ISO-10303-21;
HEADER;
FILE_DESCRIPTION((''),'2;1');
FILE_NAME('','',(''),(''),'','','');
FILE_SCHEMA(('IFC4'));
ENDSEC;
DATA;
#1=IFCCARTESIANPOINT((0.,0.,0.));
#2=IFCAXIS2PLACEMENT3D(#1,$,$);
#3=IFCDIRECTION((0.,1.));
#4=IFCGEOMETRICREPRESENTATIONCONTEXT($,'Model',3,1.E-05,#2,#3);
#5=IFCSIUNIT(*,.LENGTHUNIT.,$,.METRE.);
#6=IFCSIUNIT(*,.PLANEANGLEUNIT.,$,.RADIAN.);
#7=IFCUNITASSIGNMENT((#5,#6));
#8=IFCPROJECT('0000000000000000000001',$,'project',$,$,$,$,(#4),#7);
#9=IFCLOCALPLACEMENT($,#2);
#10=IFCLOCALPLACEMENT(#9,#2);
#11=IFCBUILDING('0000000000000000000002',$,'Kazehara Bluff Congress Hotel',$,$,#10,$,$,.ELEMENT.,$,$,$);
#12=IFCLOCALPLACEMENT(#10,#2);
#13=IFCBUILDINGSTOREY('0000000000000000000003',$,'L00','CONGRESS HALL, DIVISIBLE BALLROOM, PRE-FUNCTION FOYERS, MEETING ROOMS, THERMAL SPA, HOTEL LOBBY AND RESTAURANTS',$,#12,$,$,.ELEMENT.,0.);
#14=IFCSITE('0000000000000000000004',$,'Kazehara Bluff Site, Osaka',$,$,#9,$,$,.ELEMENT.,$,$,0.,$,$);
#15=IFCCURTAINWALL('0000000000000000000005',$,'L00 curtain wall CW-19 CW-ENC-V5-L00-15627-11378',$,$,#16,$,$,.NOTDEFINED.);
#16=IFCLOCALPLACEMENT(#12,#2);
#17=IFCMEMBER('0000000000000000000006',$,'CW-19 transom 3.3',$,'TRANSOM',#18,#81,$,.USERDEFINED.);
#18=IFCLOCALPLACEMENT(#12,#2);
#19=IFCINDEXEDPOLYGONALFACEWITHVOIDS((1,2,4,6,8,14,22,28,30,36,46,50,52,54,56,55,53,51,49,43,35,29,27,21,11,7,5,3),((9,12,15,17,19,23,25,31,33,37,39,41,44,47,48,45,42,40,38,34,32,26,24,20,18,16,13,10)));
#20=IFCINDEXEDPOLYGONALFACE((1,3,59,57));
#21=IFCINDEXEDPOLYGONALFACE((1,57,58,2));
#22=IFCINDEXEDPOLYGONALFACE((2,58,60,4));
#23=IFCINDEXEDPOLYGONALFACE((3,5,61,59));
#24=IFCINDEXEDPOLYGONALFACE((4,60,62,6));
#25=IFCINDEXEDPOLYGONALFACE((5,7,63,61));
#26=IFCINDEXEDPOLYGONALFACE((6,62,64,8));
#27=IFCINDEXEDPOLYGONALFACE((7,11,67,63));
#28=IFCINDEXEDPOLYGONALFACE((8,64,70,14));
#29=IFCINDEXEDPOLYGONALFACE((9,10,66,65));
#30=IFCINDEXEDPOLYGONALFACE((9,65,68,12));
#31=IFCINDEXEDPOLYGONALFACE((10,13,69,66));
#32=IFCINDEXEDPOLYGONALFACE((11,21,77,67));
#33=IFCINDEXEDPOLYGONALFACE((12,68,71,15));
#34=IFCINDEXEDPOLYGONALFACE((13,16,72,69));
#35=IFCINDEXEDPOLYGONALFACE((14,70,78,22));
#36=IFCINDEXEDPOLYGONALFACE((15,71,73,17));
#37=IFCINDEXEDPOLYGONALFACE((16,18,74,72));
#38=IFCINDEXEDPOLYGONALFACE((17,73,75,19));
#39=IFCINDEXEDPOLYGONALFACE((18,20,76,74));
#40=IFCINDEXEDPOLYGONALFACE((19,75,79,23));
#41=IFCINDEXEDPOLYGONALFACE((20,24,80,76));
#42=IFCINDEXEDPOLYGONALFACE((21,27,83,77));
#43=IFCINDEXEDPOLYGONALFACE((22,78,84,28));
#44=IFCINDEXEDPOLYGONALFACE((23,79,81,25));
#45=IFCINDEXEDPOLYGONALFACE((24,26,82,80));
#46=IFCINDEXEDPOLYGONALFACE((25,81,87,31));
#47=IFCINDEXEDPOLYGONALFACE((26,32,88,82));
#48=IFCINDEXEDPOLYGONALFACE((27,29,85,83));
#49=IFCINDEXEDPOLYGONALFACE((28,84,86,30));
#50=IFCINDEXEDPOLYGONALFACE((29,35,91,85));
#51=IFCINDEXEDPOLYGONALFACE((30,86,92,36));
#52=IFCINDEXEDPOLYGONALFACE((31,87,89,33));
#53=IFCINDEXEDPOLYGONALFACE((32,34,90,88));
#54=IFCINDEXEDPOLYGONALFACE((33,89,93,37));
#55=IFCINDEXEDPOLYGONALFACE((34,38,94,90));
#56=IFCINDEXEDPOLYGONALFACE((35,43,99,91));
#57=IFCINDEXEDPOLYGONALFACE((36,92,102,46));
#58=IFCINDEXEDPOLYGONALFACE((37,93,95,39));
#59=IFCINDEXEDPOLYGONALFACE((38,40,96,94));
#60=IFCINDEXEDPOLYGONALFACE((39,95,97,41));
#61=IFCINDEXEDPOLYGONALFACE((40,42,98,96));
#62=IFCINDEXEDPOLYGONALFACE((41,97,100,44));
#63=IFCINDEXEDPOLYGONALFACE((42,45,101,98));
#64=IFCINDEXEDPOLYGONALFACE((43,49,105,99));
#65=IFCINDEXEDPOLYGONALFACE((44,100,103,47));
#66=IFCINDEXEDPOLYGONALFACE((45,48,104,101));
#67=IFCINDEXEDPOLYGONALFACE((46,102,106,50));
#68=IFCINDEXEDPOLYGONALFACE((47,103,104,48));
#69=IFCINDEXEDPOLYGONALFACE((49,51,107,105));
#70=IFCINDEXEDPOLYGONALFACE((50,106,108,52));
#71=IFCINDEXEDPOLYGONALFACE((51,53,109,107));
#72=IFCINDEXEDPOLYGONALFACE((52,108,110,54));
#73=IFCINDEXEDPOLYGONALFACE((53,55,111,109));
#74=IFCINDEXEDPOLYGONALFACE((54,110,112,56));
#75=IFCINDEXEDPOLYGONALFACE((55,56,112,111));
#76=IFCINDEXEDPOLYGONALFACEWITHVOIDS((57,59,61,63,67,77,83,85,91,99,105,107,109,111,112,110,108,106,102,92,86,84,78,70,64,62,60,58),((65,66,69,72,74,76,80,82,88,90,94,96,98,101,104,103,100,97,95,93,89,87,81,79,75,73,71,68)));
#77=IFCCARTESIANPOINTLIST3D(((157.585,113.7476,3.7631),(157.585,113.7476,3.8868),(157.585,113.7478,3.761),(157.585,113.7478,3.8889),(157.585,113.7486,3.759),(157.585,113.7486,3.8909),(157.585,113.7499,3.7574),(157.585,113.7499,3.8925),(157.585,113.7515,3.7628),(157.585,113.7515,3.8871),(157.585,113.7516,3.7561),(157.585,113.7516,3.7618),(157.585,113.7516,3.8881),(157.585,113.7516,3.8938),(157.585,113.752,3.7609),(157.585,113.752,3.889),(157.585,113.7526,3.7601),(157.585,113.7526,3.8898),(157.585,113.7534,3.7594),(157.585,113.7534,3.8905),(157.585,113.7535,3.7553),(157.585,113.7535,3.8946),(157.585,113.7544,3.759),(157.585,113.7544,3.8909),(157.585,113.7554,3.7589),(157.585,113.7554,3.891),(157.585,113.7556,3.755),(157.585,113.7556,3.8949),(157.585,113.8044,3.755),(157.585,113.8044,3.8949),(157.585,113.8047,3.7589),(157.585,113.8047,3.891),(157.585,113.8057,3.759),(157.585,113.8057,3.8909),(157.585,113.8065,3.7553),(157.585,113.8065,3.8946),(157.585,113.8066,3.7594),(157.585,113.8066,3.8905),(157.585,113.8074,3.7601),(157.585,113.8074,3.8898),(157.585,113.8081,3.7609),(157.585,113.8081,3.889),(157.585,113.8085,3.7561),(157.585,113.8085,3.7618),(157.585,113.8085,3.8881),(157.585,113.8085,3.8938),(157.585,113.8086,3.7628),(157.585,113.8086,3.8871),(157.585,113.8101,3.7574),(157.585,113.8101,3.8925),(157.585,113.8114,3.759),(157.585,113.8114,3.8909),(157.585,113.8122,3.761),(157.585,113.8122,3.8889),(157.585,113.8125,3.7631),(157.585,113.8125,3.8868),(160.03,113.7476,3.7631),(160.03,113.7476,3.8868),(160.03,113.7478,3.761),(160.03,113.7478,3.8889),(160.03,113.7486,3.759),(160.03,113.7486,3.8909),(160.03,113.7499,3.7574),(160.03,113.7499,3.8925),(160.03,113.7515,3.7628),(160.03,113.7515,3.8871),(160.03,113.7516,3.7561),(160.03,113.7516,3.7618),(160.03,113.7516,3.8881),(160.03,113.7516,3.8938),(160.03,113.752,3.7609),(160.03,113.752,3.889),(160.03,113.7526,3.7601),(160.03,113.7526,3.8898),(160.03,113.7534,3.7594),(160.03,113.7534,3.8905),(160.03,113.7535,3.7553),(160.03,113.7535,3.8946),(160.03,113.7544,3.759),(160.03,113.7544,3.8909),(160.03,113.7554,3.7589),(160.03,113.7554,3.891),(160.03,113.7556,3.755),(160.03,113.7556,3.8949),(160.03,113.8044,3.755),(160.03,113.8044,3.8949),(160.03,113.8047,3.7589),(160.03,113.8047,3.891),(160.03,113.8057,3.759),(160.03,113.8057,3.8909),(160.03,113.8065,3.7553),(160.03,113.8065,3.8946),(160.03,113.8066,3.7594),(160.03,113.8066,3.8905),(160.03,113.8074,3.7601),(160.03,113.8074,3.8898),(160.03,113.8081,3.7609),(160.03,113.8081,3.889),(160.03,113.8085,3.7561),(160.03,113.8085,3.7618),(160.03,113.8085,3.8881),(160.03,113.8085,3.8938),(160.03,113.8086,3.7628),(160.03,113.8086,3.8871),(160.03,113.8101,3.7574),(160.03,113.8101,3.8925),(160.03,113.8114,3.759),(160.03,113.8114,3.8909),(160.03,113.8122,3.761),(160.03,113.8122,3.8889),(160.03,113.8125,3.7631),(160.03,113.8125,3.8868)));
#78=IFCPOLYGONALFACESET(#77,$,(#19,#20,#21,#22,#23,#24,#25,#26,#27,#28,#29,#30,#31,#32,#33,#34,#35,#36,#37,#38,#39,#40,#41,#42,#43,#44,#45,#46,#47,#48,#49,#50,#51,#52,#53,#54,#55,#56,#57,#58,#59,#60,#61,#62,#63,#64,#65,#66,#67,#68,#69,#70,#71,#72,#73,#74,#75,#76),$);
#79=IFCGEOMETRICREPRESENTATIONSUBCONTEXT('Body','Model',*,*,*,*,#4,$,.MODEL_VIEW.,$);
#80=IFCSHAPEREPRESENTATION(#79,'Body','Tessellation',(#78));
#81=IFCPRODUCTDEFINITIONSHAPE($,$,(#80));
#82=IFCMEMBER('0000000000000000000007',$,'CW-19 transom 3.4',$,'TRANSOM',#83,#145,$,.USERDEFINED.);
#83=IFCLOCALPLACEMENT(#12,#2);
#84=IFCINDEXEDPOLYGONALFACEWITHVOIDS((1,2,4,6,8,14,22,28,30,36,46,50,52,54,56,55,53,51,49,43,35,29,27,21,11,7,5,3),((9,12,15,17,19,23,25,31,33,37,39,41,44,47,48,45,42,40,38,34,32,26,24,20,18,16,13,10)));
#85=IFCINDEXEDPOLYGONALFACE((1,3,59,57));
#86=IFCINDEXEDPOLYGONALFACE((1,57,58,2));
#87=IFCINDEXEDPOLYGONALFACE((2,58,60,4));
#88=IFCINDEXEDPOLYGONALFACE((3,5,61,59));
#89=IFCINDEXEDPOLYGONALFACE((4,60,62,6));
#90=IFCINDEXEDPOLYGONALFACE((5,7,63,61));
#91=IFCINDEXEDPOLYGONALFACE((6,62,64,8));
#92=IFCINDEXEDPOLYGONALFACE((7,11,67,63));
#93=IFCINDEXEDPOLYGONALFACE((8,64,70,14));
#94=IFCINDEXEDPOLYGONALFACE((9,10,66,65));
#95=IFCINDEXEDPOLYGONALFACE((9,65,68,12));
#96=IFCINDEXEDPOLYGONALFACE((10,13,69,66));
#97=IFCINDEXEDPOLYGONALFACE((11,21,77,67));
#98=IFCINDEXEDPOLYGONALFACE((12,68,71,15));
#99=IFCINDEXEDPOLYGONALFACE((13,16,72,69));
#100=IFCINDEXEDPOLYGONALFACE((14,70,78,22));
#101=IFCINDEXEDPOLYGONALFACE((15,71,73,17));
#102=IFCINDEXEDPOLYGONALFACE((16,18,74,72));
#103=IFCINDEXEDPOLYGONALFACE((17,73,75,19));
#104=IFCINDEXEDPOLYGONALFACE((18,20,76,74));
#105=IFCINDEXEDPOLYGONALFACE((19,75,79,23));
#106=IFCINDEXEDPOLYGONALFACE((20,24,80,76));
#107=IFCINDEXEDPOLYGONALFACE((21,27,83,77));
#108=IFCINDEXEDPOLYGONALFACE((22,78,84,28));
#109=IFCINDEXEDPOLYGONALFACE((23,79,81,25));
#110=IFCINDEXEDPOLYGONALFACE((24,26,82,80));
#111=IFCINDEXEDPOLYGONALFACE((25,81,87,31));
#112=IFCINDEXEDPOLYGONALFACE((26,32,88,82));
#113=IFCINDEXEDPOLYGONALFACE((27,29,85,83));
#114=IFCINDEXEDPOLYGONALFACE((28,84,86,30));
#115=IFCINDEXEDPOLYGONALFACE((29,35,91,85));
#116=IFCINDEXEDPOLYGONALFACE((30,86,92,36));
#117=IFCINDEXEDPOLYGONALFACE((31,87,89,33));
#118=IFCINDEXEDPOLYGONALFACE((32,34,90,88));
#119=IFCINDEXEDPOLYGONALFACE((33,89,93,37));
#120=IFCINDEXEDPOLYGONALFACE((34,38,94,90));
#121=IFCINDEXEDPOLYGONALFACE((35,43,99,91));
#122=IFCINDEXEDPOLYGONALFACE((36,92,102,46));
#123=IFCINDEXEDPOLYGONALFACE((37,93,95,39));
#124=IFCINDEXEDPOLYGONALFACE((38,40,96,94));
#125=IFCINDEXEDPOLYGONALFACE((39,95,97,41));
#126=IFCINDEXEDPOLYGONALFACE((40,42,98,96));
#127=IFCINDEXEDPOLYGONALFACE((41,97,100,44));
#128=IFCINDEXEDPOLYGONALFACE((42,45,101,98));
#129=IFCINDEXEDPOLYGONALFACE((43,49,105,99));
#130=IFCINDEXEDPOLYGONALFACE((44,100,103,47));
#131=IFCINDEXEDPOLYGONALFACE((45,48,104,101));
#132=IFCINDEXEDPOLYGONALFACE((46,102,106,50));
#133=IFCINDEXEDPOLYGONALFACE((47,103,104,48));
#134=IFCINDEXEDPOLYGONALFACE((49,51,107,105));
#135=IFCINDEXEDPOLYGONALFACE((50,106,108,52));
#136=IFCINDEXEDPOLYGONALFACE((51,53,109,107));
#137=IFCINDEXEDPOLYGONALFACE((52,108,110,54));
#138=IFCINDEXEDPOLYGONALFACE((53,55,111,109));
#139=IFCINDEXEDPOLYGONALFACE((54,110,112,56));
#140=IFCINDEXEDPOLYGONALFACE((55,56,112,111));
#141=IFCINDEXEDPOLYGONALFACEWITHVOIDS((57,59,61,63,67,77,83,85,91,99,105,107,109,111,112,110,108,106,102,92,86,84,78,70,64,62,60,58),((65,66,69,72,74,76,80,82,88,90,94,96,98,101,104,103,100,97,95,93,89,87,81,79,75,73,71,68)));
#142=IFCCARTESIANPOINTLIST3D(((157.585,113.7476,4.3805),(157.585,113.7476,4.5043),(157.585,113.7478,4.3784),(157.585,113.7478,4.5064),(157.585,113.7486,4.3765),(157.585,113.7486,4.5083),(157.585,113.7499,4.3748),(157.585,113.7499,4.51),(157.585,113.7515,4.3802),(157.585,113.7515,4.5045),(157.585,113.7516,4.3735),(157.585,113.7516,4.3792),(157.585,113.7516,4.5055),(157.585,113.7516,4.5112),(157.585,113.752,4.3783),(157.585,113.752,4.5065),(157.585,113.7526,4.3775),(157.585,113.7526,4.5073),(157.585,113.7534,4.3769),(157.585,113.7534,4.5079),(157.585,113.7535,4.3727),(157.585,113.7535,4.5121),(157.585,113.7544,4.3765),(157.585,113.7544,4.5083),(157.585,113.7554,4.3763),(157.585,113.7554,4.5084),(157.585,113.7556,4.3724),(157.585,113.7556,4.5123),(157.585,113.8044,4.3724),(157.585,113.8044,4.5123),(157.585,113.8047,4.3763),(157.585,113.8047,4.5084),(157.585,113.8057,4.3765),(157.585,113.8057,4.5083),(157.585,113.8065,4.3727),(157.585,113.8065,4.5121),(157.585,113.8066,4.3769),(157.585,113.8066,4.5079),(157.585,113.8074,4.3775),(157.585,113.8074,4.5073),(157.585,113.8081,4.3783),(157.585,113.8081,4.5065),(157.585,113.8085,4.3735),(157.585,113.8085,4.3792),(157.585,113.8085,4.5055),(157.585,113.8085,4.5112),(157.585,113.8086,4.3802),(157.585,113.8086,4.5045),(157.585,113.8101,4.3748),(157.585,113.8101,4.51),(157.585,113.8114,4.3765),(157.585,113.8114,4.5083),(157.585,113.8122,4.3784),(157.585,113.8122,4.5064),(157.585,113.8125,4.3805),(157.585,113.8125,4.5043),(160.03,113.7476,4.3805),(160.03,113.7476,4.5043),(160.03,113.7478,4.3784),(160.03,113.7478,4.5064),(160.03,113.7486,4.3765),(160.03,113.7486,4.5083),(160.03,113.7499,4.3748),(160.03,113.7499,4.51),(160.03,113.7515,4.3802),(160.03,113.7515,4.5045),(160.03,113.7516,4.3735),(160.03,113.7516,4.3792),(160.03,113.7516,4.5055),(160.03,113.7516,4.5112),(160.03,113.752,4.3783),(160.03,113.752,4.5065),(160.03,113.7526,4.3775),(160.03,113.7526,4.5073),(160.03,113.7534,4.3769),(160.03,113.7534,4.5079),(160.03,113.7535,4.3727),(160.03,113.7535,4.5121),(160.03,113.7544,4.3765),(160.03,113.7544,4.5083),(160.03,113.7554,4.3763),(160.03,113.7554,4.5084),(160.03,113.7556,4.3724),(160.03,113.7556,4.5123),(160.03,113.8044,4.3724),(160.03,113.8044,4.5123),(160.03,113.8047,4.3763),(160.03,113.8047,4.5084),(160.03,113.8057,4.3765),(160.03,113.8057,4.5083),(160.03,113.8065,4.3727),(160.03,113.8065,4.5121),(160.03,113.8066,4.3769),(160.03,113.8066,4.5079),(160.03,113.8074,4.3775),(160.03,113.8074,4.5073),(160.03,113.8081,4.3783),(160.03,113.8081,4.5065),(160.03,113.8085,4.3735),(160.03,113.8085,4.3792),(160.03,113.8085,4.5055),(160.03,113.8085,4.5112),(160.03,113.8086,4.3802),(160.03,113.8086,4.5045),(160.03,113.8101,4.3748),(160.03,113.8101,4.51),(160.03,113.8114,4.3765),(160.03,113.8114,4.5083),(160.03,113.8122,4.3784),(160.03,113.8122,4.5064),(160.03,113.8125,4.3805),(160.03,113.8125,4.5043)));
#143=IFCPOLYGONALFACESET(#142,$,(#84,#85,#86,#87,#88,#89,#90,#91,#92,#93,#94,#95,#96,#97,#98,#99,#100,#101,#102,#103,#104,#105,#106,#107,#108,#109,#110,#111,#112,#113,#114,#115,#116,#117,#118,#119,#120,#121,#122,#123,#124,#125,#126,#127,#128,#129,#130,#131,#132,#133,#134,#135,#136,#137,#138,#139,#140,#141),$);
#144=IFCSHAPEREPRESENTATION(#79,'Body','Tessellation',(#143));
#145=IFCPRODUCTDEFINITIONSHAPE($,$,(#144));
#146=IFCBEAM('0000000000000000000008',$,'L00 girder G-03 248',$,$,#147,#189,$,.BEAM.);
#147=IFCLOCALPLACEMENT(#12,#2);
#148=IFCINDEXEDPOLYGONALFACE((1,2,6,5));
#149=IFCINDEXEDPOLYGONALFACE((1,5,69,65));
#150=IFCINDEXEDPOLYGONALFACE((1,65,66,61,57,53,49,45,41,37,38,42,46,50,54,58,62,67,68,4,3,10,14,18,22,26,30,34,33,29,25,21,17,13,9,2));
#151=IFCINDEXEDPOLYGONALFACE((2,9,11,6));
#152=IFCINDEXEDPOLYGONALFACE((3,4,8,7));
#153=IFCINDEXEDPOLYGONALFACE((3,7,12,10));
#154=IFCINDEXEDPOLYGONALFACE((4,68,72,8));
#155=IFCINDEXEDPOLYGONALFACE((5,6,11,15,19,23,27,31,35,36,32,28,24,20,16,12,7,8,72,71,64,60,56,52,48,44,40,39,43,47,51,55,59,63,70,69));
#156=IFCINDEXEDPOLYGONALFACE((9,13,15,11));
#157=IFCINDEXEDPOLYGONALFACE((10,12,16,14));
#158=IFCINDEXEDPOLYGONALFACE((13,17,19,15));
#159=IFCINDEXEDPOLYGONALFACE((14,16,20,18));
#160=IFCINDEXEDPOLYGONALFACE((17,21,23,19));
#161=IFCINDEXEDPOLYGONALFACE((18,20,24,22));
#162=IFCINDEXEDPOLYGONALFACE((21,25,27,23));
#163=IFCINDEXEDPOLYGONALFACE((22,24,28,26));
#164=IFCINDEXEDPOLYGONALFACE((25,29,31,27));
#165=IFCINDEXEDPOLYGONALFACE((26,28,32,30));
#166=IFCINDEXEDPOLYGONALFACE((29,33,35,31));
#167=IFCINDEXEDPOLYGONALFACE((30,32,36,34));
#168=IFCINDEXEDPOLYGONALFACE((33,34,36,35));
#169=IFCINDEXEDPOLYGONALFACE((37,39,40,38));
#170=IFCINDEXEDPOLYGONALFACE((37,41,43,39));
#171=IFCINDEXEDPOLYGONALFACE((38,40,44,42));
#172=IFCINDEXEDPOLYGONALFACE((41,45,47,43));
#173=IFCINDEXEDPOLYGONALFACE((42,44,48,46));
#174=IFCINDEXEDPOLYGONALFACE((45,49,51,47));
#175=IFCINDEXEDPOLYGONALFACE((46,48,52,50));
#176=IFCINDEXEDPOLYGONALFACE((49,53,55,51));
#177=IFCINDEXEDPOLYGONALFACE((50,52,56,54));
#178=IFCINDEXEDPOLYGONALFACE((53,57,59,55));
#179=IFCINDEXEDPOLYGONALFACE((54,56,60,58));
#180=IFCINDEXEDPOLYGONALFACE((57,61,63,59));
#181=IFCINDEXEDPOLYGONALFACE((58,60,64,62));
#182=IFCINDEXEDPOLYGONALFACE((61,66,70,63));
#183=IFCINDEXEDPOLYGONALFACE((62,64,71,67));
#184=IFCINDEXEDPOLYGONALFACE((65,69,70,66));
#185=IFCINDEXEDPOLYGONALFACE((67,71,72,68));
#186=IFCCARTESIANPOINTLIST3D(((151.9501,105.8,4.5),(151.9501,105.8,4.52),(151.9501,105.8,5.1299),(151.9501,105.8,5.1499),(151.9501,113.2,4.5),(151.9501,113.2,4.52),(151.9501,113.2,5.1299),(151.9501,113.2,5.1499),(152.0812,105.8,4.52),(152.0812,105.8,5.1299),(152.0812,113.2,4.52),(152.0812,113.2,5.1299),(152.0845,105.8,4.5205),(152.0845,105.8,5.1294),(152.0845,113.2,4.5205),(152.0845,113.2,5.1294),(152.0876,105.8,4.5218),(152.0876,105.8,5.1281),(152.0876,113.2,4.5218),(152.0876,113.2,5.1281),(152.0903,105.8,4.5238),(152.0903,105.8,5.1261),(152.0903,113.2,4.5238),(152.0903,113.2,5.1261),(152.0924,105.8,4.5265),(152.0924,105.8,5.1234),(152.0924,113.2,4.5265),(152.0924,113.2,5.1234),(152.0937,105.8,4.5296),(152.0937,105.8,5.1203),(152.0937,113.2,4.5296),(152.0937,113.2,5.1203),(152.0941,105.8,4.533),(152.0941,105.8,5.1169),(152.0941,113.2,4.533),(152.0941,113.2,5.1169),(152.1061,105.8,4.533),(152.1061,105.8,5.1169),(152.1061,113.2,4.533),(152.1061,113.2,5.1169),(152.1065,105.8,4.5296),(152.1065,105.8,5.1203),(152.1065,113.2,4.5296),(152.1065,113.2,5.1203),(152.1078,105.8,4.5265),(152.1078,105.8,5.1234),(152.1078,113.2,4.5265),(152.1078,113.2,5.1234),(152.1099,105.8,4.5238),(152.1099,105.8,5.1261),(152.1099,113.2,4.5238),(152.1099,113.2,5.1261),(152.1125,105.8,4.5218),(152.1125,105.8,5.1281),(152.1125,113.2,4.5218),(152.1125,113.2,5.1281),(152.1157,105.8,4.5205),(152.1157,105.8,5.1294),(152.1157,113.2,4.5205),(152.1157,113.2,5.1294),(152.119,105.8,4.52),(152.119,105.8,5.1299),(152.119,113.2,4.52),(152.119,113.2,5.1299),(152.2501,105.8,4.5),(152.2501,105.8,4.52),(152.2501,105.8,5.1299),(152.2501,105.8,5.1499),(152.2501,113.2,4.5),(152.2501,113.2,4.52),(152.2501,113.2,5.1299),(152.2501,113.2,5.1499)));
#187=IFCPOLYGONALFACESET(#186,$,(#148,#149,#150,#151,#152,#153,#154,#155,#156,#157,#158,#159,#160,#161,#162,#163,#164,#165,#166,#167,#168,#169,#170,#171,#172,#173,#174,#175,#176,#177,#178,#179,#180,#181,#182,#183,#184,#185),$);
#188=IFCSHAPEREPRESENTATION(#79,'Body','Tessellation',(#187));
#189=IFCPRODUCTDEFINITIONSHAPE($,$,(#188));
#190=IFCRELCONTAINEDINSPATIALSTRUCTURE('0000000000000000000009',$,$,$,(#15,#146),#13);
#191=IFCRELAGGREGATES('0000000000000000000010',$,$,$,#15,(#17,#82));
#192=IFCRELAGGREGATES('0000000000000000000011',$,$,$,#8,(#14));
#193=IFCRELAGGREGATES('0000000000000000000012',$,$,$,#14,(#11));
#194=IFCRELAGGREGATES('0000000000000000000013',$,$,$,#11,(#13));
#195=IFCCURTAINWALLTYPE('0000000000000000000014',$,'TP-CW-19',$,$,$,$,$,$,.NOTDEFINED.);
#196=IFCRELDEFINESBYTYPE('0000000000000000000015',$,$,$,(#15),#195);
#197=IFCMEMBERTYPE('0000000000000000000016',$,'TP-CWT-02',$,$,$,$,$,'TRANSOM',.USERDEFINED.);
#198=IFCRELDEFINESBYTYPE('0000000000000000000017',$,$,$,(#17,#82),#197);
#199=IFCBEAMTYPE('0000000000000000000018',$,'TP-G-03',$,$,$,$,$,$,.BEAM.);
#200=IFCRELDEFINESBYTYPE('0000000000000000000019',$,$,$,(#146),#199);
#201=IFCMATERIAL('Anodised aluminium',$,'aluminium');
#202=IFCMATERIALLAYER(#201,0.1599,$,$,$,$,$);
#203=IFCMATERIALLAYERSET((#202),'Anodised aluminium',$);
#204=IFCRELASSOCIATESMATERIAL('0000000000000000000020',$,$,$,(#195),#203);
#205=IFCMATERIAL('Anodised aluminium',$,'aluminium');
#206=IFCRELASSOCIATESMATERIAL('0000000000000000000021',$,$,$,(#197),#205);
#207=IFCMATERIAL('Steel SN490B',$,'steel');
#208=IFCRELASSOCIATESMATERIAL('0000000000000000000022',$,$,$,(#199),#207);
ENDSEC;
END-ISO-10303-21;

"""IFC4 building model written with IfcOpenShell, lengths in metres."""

from ifc_helpers import new_model, si_unit, direction, frame, origin, origin_2d, place, context, subcontext, project, spatial, hollow_rectangle, i_section, extrude, material, layer, layer_set, material_profile, profile_set, type_object, element, aggregate, save


model = new_model("IFC4")

# Units and contexts
model_context = context("Model", 3, precision=1e-05, world=origin(), true_north=direction((0.0, 1.0)))
body_context = subcontext(model_context, "Body", "Model", "MODEL_VIEW")
ifc_project = project(units=[si_unit("LENGTHUNIT", "METRE"), si_unit("PLANEANGLEUNIT", "RADIAN")], contexts=[model_context])

# Site, building, storey
site_placement = place(None, origin())
site = spatial("IfcSite", under=ifc_project, at=site_placement, Name="Kazehara Bluff Site, Osaka", CompositionType="ELEMENT", RefElevation=0.0)
building_placement = place(site_placement, origin())
building = spatial("IfcBuilding", under=site, at=building_placement, Name="Kazehara Bluff Congress Hotel", CompositionType="ELEMENT")
storey_placement = place(building_placement, origin())
storey = spatial("IfcBuildingStorey", under=building, at=storey_placement, Name="L00", Description="CONGRESS HALL, DIVISIBLE BALLROOM, PRE-FUNCTION FOYERS, MEETING ROOMS, THERMAL SPA, HOTEL LOBBY AND RESTAURANTS", CompositionType="ELEMENT", Elevation=0.0)

# Shared definitions
ifc_material_1 = material(Name="Anodised aluminium", Category="aluminium")
ifc_layer_1 = layer(ifc_material_1, 0.1599)
ifc_layer_set_1 = layer_set([ifc_layer_1], Name="Anodised aluminium")
curtain_wall_type = type_object("IfcCurtainWallType", Name="TP-CW-19", PredefinedType="NOTDEFINED", material=ifc_layer_set_1)

# Curtain wall, members
curtain_wall_1_placement = place(storey_placement, origin())
curtain_wall_1 = element("IfcCurtainWall", 1, at=curtain_wall_1_placement, inside=storey, type_object=curtain_wall_type, Name="L00 curtain wall CW-19 CW-ENC-V5-L00-15627-11378", PredefinedType="NOTDEFINED")
ifc_material_2 = material(Name="Anodised aluminium", Category="aluminium")
ifc_material_profile_1 = material_profile(ifc_material_2, hollow_rectangle(XDim=0.0649, YDim=0.1399, WallThickness=0.0039, InnerFilletRadius=0.0039, OuterFilletRadius=0.0081, at=origin_2d()))
ifc_profile_set_1 = profile_set([ifc_material_profile_1], Name="Anodised aluminium")
member_type_1 = type_object("IfcMemberType", Name="TP-CWT-02", ElementType="TRANSOM", PredefinedType="USERDEFINED", material=ifc_profile_set_1)
member_1_placement = place(storey_placement, frame((157.585, 113.78, 3.825), z_axis=(1.0, 0.0, 0.0), x_axis=(0.0, 1.0, 0.0)))
member_1 = element("IfcMember", 2, at=member_1_placement, type_object=member_type_1, Name="CW-19 transom 3.3", ObjectType="TRANSOM", PredefinedType="USERDEFINED", context=body_context, shape_type="SweptSolid", body=[
    extrude(hollow_rectangle(XDim=0.0649, YDim=0.1399, WallThickness=0.0039, InnerFilletRadius=0.0039, OuterFilletRadius=0.0081, at=origin_2d()), origin(), (0.0, 0.0, 1.0), 2.4451),
])
member_2_placement = place(storey_placement, frame((157.585, 113.78, 4.4424), z_axis=(1.0, 0.0, 0.0), x_axis=(0.0, 1.0, 0.0)))
member_2 = element("IfcMember", 3, at=member_2_placement, type_object=member_type_1, Name="CW-19 transom 3.4", ObjectType="TRANSOM", PredefinedType="USERDEFINED", context=body_context, shape_type="SweptSolid", body=[
    extrude(hollow_rectangle(XDim=0.0649, YDim=0.1399, WallThickness=0.0039, InnerFilletRadius=0.0039, OuterFilletRadius=0.0081, at=origin_2d()), origin(), (0.0, 0.0, 1.0), 2.4451),
])

# Beam
ifc_material_3 = material(Name="Steel SN490B", Category="steel")
ifc_material_profile_2 = material_profile(ifc_material_3, i_section(OverallWidth=0.3, OverallDepth=0.6499, WebThickness=0.012, FlangeThickness=0.02, FilletRadius=0.0129, at=origin_2d()))
ifc_profile_set_2 = profile_set([ifc_material_profile_2], Name="Steel SN490B")
beam_type_1 = type_object("IfcBeamType", Name="TP-G-03", PredefinedType="BEAM", material=ifc_profile_set_2)
beam_1_placement = place(storey_placement, frame((152.1001, 105.8, 4.825), z_axis=(0.0, 1.0, 0.0), x_axis=(-1.0, 0.0, 0.0)))
element("IfcBeam", 4, at=beam_1_placement, inside=storey, type_object=beam_type_1, Name="L00 girder G-03 248", PredefinedType="BEAM", context=body_context, shape_type="SweptSolid", body=[
    extrude(i_section(OverallWidth=0.3, OverallDepth=0.6499, WebThickness=0.012, FlangeThickness=0.02, FilletRadius=0.0129, at=origin_2d()), origin(), (0.0, 0.0, 1.0), 7.3999),
])

aggregate(curtain_wall_1, [member_1, member_2])

save(model, "model.ifc")
